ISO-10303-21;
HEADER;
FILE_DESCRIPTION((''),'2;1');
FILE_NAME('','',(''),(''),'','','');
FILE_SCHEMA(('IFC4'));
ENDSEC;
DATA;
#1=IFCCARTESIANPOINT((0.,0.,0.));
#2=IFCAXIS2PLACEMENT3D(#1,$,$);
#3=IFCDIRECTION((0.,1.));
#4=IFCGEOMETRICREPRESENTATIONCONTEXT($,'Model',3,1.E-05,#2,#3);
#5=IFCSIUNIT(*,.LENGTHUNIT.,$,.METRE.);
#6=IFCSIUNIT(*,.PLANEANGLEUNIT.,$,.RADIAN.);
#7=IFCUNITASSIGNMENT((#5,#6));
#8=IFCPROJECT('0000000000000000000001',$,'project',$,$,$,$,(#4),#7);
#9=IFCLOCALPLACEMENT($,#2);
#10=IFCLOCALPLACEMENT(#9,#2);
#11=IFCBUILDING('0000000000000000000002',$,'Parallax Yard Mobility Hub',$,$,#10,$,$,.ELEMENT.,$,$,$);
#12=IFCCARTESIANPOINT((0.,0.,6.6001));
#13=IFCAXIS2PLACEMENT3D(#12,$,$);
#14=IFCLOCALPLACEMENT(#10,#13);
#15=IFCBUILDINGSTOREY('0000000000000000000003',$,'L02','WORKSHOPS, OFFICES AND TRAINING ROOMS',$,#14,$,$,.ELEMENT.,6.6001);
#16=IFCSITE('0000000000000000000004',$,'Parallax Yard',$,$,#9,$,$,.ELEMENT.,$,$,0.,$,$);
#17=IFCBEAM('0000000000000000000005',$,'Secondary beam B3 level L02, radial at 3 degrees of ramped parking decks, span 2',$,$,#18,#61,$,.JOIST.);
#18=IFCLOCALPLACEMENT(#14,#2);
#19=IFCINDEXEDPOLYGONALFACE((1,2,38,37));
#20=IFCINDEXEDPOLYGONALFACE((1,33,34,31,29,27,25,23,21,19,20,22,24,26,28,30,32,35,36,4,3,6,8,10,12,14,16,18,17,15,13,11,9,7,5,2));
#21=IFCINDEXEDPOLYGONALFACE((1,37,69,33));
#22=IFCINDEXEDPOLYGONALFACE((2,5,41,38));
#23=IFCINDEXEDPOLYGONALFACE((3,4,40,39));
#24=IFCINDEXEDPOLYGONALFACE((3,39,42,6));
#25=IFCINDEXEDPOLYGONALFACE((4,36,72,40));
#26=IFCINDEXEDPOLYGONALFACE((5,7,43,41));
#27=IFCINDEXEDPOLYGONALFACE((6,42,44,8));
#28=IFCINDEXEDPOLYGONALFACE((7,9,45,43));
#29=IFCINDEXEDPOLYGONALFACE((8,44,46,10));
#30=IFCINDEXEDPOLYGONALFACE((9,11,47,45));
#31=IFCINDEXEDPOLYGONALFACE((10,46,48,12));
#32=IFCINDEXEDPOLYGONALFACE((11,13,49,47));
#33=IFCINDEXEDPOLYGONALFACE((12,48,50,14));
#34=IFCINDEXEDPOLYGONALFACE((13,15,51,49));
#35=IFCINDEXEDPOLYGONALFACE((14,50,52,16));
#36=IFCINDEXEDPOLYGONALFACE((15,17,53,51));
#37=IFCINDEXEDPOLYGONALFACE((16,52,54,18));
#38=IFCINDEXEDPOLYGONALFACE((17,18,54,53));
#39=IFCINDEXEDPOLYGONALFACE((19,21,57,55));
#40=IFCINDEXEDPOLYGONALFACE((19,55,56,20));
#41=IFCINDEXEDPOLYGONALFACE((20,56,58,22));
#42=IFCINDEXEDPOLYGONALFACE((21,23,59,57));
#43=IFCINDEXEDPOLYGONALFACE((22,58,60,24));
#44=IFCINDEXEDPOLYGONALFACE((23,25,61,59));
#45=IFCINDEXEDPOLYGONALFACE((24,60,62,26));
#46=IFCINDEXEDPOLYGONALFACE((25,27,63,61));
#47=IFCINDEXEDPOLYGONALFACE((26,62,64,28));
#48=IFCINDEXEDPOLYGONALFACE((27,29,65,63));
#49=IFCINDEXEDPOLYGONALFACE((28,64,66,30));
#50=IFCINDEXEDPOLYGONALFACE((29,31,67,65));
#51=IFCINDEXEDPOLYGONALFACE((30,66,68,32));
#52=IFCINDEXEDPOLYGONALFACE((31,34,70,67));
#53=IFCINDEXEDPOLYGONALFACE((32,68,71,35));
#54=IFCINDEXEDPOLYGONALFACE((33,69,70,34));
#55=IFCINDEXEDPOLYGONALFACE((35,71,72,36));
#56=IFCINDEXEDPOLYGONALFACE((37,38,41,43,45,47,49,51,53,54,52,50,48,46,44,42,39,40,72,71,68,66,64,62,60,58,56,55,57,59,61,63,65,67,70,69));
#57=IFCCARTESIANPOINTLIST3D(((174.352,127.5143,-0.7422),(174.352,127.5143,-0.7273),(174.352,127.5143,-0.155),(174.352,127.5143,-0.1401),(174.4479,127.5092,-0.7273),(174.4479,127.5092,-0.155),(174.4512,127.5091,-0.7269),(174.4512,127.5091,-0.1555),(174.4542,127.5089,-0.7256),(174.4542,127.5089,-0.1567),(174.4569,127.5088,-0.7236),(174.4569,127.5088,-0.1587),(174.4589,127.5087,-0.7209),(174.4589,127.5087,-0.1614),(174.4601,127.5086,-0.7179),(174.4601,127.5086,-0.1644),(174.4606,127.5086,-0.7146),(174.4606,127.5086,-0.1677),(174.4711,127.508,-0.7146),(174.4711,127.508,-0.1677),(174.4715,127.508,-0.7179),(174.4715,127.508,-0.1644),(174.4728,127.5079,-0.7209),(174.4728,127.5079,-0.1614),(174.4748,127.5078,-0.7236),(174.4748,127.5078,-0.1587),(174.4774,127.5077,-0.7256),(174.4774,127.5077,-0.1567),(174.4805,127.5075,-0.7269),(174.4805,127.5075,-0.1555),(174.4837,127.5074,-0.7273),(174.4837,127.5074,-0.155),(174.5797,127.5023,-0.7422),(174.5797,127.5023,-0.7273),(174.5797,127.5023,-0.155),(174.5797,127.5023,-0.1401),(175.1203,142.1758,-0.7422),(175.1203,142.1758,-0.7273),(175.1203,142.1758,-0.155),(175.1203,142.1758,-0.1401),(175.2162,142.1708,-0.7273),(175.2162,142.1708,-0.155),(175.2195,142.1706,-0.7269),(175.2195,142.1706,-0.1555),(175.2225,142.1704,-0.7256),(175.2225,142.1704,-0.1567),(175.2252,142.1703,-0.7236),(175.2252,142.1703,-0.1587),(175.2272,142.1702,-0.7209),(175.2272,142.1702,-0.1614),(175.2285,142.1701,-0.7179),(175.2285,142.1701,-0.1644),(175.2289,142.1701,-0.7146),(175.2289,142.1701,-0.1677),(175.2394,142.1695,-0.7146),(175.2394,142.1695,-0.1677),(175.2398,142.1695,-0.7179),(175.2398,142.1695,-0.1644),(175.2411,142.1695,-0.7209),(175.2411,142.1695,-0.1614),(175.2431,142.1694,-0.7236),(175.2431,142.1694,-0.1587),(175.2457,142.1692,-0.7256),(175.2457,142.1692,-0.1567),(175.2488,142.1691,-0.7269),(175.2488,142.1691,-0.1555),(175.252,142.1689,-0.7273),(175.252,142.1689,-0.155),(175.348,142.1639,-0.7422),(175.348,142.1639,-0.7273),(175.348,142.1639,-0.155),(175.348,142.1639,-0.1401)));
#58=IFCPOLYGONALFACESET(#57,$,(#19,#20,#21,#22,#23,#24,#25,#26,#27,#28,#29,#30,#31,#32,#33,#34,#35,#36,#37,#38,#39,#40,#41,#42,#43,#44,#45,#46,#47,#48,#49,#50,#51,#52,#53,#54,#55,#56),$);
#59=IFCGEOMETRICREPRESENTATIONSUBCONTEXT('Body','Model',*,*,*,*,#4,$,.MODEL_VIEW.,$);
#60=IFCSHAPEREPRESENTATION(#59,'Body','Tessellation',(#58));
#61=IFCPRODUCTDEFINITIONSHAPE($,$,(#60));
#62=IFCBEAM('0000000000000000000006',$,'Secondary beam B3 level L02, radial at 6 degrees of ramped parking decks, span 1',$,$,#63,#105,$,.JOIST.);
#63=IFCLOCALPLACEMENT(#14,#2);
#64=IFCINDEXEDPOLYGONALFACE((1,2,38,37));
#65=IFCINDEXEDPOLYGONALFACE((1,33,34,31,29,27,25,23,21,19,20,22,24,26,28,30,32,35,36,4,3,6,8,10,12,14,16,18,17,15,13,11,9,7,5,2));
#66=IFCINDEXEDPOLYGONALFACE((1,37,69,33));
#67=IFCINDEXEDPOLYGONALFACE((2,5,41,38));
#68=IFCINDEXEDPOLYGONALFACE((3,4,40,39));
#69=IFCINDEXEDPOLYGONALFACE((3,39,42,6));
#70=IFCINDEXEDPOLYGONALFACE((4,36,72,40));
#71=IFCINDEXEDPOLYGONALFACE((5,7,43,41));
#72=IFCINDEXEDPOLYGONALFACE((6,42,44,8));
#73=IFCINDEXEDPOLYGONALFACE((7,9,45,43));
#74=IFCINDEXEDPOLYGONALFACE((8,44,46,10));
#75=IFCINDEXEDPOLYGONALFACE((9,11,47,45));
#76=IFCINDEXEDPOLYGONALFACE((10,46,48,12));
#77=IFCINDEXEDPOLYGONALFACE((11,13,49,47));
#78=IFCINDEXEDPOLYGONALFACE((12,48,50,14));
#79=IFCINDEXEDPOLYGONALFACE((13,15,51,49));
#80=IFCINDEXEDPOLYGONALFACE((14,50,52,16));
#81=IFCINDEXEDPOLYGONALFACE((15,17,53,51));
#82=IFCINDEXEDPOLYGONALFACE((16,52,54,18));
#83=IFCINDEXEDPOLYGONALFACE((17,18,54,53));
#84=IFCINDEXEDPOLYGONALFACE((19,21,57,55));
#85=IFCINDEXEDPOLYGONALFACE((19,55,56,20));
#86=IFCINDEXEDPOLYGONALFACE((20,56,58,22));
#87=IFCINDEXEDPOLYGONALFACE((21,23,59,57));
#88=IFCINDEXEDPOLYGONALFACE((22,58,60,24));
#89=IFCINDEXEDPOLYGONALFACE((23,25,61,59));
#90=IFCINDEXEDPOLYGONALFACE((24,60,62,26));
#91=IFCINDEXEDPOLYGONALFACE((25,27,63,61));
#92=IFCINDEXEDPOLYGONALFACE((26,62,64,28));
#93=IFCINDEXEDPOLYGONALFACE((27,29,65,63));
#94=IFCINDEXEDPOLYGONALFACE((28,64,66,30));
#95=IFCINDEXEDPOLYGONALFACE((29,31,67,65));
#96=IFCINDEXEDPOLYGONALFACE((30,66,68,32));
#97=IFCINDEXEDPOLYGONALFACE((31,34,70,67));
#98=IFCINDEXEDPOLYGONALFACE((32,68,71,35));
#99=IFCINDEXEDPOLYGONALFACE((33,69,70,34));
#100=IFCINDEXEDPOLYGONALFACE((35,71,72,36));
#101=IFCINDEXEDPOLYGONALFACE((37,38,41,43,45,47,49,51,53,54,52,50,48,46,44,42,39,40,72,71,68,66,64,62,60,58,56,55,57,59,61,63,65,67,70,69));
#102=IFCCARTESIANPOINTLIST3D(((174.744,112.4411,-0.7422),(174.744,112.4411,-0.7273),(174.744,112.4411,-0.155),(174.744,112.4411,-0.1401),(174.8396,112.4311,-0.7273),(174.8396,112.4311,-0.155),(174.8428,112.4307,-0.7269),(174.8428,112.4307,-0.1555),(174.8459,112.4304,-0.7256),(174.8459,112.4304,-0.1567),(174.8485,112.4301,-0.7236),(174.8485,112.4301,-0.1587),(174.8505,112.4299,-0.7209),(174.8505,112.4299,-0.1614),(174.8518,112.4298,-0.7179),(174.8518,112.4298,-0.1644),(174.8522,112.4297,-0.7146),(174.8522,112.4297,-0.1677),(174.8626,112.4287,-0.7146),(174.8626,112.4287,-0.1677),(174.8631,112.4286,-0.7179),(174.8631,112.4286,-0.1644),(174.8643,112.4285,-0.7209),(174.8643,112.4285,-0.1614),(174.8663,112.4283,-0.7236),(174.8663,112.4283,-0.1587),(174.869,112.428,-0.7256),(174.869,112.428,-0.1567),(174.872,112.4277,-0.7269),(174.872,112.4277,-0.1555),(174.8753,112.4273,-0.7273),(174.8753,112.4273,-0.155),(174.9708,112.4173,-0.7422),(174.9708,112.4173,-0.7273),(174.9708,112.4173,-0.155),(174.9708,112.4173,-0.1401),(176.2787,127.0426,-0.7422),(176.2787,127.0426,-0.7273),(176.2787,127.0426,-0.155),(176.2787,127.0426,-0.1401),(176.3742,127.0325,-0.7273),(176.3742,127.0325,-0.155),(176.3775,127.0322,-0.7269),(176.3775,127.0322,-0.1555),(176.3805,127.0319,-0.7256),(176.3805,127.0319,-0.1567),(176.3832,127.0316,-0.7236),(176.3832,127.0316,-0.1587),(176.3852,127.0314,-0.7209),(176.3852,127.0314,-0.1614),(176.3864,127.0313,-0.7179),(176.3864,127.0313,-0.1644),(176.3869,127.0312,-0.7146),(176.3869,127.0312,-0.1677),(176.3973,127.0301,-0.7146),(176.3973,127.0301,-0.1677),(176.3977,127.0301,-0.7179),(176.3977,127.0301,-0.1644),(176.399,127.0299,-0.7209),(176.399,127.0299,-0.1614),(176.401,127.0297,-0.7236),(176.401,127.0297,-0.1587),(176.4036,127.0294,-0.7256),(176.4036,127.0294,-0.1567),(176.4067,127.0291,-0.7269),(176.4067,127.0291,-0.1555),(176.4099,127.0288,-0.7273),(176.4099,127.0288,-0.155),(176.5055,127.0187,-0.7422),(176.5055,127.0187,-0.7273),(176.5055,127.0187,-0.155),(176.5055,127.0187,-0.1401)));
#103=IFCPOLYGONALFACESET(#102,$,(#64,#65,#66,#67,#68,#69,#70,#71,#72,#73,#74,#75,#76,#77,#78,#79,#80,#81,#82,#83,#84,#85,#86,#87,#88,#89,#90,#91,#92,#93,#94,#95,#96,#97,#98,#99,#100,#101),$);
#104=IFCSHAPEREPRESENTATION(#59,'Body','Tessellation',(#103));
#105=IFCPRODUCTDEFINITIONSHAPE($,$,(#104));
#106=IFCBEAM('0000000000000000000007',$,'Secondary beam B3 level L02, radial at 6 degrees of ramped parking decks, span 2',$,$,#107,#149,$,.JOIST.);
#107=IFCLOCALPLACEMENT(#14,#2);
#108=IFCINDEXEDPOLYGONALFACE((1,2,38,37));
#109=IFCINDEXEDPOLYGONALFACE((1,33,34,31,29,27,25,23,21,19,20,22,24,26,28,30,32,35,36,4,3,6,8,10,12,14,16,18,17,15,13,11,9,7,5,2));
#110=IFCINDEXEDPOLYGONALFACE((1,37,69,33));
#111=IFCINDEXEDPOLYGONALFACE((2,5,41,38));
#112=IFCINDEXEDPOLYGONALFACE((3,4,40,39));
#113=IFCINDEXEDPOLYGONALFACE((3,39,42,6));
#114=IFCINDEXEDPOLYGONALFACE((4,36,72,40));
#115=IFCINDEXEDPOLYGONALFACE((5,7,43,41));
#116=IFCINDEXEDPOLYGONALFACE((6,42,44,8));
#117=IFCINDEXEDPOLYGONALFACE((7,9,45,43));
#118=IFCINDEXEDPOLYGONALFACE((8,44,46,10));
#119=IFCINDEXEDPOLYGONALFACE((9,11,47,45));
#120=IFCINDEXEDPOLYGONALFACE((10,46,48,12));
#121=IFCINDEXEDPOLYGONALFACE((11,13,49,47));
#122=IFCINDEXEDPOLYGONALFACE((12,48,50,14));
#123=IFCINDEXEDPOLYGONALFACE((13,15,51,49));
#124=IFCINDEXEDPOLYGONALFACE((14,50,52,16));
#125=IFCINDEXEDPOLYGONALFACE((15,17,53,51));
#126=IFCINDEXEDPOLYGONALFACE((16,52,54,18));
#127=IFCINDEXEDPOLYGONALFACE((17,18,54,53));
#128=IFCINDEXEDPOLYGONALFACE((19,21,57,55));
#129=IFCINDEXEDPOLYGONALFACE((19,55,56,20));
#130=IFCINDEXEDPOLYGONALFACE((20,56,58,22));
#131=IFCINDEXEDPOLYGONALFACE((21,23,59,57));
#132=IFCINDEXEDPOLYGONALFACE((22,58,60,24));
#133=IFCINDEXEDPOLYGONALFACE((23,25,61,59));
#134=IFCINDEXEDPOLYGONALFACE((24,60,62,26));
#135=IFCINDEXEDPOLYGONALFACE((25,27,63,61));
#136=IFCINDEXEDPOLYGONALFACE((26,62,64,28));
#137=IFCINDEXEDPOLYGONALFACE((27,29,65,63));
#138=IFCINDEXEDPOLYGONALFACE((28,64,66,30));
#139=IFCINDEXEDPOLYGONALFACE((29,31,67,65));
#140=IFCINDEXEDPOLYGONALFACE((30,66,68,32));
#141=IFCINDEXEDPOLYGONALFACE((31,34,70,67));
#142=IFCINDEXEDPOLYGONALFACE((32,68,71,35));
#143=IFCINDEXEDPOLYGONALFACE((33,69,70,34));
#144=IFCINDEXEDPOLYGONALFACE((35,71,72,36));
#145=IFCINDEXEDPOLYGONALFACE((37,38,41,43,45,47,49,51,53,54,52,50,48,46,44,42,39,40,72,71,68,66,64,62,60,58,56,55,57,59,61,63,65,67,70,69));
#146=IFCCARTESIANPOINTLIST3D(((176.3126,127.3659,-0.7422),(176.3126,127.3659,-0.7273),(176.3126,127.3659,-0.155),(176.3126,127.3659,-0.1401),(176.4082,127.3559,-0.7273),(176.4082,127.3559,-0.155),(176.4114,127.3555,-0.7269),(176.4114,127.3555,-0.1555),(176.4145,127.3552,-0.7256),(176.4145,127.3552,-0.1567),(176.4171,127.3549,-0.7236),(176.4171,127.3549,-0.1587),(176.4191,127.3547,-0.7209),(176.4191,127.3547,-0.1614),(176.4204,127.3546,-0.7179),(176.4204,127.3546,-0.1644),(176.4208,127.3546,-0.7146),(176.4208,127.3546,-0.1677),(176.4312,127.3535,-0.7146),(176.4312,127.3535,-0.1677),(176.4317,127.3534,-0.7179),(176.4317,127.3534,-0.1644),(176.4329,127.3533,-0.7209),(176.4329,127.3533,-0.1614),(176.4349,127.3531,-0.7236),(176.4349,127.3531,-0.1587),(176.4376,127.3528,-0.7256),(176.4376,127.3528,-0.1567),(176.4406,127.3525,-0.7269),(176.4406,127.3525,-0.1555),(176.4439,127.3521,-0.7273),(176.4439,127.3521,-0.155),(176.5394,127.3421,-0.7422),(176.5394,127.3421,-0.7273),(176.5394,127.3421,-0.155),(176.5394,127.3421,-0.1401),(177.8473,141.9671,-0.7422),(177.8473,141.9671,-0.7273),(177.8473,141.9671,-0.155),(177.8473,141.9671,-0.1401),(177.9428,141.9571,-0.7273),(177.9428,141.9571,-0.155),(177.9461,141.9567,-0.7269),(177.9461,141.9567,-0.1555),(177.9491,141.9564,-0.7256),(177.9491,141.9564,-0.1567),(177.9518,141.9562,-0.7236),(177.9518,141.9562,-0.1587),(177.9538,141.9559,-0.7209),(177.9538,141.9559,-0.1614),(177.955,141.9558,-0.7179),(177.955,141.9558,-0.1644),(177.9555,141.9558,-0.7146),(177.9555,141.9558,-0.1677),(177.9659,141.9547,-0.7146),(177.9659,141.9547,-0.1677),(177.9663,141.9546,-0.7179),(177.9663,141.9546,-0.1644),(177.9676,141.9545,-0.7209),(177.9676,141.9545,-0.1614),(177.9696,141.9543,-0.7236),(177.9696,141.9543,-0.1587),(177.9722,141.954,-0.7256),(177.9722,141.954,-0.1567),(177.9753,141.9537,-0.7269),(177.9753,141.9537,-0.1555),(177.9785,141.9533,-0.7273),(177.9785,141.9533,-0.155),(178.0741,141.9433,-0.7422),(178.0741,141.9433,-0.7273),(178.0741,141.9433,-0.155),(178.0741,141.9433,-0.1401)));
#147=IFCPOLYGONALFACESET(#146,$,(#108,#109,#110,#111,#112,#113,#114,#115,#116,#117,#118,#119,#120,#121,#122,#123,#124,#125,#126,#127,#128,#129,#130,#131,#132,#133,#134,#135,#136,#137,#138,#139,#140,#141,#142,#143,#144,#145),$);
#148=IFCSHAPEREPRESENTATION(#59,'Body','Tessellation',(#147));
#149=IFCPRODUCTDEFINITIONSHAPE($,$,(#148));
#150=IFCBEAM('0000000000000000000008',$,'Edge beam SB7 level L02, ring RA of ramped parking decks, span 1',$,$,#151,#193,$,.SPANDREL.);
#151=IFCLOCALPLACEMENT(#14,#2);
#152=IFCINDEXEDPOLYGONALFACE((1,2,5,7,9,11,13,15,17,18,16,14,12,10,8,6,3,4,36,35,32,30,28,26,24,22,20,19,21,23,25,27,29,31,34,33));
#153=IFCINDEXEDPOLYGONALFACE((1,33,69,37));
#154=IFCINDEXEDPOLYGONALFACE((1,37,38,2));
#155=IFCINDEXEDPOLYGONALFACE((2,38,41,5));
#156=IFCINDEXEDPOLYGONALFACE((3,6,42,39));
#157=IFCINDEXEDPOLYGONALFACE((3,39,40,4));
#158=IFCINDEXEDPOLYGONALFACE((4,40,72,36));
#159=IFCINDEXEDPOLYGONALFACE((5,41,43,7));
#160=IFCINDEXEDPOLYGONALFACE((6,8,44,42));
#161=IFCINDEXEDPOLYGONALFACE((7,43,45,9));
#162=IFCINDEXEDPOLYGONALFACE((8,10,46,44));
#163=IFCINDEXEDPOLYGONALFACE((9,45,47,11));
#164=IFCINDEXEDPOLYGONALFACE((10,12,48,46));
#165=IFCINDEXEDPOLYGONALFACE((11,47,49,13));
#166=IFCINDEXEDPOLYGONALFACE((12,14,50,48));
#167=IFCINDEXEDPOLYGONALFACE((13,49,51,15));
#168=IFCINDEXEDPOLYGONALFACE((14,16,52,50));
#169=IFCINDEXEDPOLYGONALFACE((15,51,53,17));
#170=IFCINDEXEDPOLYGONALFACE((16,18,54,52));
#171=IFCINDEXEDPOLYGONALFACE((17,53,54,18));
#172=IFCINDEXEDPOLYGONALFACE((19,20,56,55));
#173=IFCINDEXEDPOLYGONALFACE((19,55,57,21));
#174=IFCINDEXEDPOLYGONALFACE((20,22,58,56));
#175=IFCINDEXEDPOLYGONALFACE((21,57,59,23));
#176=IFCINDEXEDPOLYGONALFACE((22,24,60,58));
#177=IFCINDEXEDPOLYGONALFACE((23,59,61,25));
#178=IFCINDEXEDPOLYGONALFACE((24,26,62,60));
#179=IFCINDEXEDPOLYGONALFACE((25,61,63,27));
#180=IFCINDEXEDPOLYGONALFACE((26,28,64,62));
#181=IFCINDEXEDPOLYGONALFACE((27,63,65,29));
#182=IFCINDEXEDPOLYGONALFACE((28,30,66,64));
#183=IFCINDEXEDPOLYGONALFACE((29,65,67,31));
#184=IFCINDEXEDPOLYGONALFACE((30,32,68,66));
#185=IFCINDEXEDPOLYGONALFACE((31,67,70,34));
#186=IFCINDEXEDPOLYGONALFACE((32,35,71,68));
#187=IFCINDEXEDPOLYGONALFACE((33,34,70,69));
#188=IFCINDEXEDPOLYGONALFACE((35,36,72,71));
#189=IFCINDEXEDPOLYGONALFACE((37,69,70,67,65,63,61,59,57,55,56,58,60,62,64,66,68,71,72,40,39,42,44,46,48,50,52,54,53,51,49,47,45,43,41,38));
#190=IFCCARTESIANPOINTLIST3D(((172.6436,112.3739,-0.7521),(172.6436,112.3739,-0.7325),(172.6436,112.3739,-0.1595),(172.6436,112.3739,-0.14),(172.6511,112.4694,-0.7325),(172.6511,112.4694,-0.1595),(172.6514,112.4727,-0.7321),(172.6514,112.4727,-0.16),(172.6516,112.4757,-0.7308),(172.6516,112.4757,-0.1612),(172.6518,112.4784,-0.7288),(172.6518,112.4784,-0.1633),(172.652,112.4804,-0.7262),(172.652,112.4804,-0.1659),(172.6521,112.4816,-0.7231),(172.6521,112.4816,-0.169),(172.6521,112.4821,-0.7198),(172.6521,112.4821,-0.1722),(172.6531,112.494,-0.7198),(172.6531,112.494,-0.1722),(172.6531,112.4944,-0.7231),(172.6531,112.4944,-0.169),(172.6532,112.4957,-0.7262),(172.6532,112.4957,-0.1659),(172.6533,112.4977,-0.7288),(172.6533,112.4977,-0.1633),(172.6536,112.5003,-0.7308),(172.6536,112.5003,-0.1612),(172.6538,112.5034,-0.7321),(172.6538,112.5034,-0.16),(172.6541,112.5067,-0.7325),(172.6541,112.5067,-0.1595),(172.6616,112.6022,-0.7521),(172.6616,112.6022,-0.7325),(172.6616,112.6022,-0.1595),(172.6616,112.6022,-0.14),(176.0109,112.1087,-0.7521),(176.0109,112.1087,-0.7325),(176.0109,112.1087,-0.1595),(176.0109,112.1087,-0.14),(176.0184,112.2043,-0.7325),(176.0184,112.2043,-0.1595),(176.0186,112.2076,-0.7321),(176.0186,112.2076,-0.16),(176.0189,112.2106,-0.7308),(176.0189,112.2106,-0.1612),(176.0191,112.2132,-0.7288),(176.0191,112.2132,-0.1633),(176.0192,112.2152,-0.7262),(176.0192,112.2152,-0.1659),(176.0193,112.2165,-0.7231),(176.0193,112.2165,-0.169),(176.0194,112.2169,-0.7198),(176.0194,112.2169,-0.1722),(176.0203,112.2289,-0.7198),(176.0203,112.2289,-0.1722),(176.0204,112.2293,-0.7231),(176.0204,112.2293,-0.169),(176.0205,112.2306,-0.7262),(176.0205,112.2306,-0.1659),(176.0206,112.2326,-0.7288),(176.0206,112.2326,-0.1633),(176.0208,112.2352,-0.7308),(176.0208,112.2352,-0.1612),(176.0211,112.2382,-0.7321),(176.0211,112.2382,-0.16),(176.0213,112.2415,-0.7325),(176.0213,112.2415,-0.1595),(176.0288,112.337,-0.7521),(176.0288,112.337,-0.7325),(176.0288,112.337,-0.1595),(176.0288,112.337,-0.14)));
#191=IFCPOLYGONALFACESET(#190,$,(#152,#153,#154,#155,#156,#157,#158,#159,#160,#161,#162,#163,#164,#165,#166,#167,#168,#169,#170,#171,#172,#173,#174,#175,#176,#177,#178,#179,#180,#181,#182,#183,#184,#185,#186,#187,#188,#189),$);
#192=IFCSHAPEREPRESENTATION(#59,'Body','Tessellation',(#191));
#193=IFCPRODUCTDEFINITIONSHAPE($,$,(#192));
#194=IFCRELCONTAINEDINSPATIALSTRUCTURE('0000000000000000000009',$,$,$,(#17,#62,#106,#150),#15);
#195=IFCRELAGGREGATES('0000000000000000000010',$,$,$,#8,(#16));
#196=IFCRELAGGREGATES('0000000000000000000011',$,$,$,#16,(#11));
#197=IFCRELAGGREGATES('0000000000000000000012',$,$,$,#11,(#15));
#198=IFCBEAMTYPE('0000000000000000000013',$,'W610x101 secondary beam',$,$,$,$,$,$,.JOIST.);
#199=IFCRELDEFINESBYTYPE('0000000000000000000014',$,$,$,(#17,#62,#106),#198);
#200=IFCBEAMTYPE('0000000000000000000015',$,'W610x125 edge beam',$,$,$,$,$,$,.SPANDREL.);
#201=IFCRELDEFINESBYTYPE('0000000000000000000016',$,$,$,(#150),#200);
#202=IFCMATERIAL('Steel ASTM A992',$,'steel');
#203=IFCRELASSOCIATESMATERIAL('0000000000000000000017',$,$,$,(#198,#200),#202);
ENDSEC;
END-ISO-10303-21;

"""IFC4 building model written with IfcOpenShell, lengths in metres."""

from ifc_helpers import new_model, si_unit, direction, frame, origin, origin_2d, place, context, subcontext, project, spatial, i_section, extrude, material, material_profile, profile_set, type_object, element, save


model = new_model("IFC4")

# Units and contexts
model_context = context("Model", 3, precision=1e-05, world=origin(), true_north=direction((0.0, 1.0)))
body_context = subcontext(model_context, "Body", "Model", "MODEL_VIEW")
ifc_project = project(units=[si_unit("LENGTHUNIT", "METRE"), si_unit("PLANEANGLEUNIT", "RADIAN")], contexts=[model_context])

# Site, building, storey
site_placement = place(None, origin())
site = spatial("IfcSite", under=ifc_project, at=site_placement, Name="Parallax Yard", CompositionType="ELEMENT", RefElevation=0.0)
building_placement = place(site_placement, origin())
building = spatial("IfcBuilding", under=site, at=building_placement, Name="Parallax Yard Mobility Hub", CompositionType="ELEMENT")
storey_placement = place(building_placement, frame((0.0, 0.0, 6.6001)))
storey = spatial("IfcBuildingStorey", under=building, at=storey_placement, Name="L02", Description="WORKSHOPS, OFFICES AND TRAINING ROOMS", CompositionType="ELEMENT", Elevation=6.6001)

# Shared definitions
ifc_material_1 = material(Name="Steel ASTM A992", Category="steel")

# Beams
ifc_material_profile_1 = material_profile(ifc_material_1, i_section(OverallWidth=0.228, OverallDepth=0.6021, WebThickness=0.0105, FlangeThickness=0.0149, FilletRadius=0.0127, at=origin_2d()), Name="W610x101")
ifc_profile_set_1 = profile_set([ifc_material_profile_1], Name="Steel ASTM A992")
beam_type_1 = type_object("IfcBeamType", Name="W610x101 secondary beam", PredefinedType="JOIST", material=ifc_profile_set_1)
for number, where, z_axis, x_axis, name in (
    (1, (174.4658, 127.5083, -0.4412), (0.052331, 0.99863, 0.0), (-0.99863, 0.052331, 0.0), "Secondary beam B3 level L02, radial at 3 degrees of ramped parking decks, span 2"),
):
    element("IfcBeam", number, at=place(storey_placement, frame(where, z_axis=z_axis, x_axis=x_axis)), inside=storey, type_object=beam_type_1, Name=name, PredefinedType="JOIST", context=body_context, shape_type="SweptSolid", body=[
        extrude(i_section(OverallWidth=0.228, OverallDepth=0.6021, WebThickness=0.0105, FlangeThickness=0.0149, FilletRadius=0.0127, at=origin_2d()), origin(), (0.0, 0.0, 1.0), 14.6816),
    ])
beam_1_placement = place(storey_placement, frame((174.8574, 112.4292, -0.4412), z_axis=(0.104527, 0.994522, 0.0), x_axis=(-0.994522, 0.104527, 0.0)))
element("IfcBeam", 2, at=beam_1_placement, inside=storey, type_object=beam_type_1, Name="Secondary beam B3 level L02, radial at 6 degrees of ramped parking decks, span 1", PredefinedType="JOIST", context=body_context, shape_type="SweptSolid", body=[
    extrude(i_section(OverallWidth=0.228, OverallDepth=0.6021, WebThickness=0.0105, FlangeThickness=0.0149, FilletRadius=0.0127, at=origin_2d()), origin(), (0.0, 0.0, 1.0), 14.6819),
])
beam_2_placement = place(storey_placement, frame((176.426, 127.354, -0.4412), z_axis=(0.104529, 0.994522, 0.0), x_axis=(-0.994522, 0.104529, 0.0)))
element("IfcBeam", 3, at=beam_2_placement, inside=storey, type_object=beam_type_1, Name="Secondary beam B3 level L02, radial at 6 degrees of ramped parking decks, span 2", PredefinedType="JOIST", context=body_context, shape_type="SweptSolid", body=[
    extrude(i_section(OverallWidth=0.228, OverallDepth=0.6021, WebThickness=0.0105, FlangeThickness=0.0149, FilletRadius=0.0127, at=origin_2d()), origin(), (0.0, 0.0, 1.0), 14.6816),
])
ifc_material_profile_2 = material_profile(ifc_material_1, i_section(OverallWidth=0.229, OverallDepth=0.6121, WebThickness=0.012, FlangeThickness=0.0195, FilletRadius=0.0127, at=origin_2d()), Name="W610x125")
ifc_profile_set_2 = profile_set([ifc_material_profile_2], Name="Steel ASTM A992")
beam_type_2 = type_object("IfcBeamType", Name="W610x125 edge beam", PredefinedType="SPANDREL", material=ifc_profile_set_2)
beam_3_placement = place(storey_placement, frame((172.6526, 112.488, -0.446), z_axis=(0.996914, -0.078498, 0.0), x_axis=(0.078498, 0.996914, 0.0)))
element("IfcBeam", 4, at=beam_3_placement, inside=storey, type_object=beam_type_2, Name="Edge beam SB7 level L02, ring RA of ramped parking decks, span 1", PredefinedType="SPANDREL", context=body_context, shape_type="SweptSolid", body=[
    extrude(i_section(OverallWidth=0.229, OverallDepth=0.6121, WebThickness=0.012, FlangeThickness=0.0195, FilletRadius=0.0127, at=origin_2d()), origin(), (0.0, 0.0, 1.0), 3.3777),
])

save(model, "model.ifc")
